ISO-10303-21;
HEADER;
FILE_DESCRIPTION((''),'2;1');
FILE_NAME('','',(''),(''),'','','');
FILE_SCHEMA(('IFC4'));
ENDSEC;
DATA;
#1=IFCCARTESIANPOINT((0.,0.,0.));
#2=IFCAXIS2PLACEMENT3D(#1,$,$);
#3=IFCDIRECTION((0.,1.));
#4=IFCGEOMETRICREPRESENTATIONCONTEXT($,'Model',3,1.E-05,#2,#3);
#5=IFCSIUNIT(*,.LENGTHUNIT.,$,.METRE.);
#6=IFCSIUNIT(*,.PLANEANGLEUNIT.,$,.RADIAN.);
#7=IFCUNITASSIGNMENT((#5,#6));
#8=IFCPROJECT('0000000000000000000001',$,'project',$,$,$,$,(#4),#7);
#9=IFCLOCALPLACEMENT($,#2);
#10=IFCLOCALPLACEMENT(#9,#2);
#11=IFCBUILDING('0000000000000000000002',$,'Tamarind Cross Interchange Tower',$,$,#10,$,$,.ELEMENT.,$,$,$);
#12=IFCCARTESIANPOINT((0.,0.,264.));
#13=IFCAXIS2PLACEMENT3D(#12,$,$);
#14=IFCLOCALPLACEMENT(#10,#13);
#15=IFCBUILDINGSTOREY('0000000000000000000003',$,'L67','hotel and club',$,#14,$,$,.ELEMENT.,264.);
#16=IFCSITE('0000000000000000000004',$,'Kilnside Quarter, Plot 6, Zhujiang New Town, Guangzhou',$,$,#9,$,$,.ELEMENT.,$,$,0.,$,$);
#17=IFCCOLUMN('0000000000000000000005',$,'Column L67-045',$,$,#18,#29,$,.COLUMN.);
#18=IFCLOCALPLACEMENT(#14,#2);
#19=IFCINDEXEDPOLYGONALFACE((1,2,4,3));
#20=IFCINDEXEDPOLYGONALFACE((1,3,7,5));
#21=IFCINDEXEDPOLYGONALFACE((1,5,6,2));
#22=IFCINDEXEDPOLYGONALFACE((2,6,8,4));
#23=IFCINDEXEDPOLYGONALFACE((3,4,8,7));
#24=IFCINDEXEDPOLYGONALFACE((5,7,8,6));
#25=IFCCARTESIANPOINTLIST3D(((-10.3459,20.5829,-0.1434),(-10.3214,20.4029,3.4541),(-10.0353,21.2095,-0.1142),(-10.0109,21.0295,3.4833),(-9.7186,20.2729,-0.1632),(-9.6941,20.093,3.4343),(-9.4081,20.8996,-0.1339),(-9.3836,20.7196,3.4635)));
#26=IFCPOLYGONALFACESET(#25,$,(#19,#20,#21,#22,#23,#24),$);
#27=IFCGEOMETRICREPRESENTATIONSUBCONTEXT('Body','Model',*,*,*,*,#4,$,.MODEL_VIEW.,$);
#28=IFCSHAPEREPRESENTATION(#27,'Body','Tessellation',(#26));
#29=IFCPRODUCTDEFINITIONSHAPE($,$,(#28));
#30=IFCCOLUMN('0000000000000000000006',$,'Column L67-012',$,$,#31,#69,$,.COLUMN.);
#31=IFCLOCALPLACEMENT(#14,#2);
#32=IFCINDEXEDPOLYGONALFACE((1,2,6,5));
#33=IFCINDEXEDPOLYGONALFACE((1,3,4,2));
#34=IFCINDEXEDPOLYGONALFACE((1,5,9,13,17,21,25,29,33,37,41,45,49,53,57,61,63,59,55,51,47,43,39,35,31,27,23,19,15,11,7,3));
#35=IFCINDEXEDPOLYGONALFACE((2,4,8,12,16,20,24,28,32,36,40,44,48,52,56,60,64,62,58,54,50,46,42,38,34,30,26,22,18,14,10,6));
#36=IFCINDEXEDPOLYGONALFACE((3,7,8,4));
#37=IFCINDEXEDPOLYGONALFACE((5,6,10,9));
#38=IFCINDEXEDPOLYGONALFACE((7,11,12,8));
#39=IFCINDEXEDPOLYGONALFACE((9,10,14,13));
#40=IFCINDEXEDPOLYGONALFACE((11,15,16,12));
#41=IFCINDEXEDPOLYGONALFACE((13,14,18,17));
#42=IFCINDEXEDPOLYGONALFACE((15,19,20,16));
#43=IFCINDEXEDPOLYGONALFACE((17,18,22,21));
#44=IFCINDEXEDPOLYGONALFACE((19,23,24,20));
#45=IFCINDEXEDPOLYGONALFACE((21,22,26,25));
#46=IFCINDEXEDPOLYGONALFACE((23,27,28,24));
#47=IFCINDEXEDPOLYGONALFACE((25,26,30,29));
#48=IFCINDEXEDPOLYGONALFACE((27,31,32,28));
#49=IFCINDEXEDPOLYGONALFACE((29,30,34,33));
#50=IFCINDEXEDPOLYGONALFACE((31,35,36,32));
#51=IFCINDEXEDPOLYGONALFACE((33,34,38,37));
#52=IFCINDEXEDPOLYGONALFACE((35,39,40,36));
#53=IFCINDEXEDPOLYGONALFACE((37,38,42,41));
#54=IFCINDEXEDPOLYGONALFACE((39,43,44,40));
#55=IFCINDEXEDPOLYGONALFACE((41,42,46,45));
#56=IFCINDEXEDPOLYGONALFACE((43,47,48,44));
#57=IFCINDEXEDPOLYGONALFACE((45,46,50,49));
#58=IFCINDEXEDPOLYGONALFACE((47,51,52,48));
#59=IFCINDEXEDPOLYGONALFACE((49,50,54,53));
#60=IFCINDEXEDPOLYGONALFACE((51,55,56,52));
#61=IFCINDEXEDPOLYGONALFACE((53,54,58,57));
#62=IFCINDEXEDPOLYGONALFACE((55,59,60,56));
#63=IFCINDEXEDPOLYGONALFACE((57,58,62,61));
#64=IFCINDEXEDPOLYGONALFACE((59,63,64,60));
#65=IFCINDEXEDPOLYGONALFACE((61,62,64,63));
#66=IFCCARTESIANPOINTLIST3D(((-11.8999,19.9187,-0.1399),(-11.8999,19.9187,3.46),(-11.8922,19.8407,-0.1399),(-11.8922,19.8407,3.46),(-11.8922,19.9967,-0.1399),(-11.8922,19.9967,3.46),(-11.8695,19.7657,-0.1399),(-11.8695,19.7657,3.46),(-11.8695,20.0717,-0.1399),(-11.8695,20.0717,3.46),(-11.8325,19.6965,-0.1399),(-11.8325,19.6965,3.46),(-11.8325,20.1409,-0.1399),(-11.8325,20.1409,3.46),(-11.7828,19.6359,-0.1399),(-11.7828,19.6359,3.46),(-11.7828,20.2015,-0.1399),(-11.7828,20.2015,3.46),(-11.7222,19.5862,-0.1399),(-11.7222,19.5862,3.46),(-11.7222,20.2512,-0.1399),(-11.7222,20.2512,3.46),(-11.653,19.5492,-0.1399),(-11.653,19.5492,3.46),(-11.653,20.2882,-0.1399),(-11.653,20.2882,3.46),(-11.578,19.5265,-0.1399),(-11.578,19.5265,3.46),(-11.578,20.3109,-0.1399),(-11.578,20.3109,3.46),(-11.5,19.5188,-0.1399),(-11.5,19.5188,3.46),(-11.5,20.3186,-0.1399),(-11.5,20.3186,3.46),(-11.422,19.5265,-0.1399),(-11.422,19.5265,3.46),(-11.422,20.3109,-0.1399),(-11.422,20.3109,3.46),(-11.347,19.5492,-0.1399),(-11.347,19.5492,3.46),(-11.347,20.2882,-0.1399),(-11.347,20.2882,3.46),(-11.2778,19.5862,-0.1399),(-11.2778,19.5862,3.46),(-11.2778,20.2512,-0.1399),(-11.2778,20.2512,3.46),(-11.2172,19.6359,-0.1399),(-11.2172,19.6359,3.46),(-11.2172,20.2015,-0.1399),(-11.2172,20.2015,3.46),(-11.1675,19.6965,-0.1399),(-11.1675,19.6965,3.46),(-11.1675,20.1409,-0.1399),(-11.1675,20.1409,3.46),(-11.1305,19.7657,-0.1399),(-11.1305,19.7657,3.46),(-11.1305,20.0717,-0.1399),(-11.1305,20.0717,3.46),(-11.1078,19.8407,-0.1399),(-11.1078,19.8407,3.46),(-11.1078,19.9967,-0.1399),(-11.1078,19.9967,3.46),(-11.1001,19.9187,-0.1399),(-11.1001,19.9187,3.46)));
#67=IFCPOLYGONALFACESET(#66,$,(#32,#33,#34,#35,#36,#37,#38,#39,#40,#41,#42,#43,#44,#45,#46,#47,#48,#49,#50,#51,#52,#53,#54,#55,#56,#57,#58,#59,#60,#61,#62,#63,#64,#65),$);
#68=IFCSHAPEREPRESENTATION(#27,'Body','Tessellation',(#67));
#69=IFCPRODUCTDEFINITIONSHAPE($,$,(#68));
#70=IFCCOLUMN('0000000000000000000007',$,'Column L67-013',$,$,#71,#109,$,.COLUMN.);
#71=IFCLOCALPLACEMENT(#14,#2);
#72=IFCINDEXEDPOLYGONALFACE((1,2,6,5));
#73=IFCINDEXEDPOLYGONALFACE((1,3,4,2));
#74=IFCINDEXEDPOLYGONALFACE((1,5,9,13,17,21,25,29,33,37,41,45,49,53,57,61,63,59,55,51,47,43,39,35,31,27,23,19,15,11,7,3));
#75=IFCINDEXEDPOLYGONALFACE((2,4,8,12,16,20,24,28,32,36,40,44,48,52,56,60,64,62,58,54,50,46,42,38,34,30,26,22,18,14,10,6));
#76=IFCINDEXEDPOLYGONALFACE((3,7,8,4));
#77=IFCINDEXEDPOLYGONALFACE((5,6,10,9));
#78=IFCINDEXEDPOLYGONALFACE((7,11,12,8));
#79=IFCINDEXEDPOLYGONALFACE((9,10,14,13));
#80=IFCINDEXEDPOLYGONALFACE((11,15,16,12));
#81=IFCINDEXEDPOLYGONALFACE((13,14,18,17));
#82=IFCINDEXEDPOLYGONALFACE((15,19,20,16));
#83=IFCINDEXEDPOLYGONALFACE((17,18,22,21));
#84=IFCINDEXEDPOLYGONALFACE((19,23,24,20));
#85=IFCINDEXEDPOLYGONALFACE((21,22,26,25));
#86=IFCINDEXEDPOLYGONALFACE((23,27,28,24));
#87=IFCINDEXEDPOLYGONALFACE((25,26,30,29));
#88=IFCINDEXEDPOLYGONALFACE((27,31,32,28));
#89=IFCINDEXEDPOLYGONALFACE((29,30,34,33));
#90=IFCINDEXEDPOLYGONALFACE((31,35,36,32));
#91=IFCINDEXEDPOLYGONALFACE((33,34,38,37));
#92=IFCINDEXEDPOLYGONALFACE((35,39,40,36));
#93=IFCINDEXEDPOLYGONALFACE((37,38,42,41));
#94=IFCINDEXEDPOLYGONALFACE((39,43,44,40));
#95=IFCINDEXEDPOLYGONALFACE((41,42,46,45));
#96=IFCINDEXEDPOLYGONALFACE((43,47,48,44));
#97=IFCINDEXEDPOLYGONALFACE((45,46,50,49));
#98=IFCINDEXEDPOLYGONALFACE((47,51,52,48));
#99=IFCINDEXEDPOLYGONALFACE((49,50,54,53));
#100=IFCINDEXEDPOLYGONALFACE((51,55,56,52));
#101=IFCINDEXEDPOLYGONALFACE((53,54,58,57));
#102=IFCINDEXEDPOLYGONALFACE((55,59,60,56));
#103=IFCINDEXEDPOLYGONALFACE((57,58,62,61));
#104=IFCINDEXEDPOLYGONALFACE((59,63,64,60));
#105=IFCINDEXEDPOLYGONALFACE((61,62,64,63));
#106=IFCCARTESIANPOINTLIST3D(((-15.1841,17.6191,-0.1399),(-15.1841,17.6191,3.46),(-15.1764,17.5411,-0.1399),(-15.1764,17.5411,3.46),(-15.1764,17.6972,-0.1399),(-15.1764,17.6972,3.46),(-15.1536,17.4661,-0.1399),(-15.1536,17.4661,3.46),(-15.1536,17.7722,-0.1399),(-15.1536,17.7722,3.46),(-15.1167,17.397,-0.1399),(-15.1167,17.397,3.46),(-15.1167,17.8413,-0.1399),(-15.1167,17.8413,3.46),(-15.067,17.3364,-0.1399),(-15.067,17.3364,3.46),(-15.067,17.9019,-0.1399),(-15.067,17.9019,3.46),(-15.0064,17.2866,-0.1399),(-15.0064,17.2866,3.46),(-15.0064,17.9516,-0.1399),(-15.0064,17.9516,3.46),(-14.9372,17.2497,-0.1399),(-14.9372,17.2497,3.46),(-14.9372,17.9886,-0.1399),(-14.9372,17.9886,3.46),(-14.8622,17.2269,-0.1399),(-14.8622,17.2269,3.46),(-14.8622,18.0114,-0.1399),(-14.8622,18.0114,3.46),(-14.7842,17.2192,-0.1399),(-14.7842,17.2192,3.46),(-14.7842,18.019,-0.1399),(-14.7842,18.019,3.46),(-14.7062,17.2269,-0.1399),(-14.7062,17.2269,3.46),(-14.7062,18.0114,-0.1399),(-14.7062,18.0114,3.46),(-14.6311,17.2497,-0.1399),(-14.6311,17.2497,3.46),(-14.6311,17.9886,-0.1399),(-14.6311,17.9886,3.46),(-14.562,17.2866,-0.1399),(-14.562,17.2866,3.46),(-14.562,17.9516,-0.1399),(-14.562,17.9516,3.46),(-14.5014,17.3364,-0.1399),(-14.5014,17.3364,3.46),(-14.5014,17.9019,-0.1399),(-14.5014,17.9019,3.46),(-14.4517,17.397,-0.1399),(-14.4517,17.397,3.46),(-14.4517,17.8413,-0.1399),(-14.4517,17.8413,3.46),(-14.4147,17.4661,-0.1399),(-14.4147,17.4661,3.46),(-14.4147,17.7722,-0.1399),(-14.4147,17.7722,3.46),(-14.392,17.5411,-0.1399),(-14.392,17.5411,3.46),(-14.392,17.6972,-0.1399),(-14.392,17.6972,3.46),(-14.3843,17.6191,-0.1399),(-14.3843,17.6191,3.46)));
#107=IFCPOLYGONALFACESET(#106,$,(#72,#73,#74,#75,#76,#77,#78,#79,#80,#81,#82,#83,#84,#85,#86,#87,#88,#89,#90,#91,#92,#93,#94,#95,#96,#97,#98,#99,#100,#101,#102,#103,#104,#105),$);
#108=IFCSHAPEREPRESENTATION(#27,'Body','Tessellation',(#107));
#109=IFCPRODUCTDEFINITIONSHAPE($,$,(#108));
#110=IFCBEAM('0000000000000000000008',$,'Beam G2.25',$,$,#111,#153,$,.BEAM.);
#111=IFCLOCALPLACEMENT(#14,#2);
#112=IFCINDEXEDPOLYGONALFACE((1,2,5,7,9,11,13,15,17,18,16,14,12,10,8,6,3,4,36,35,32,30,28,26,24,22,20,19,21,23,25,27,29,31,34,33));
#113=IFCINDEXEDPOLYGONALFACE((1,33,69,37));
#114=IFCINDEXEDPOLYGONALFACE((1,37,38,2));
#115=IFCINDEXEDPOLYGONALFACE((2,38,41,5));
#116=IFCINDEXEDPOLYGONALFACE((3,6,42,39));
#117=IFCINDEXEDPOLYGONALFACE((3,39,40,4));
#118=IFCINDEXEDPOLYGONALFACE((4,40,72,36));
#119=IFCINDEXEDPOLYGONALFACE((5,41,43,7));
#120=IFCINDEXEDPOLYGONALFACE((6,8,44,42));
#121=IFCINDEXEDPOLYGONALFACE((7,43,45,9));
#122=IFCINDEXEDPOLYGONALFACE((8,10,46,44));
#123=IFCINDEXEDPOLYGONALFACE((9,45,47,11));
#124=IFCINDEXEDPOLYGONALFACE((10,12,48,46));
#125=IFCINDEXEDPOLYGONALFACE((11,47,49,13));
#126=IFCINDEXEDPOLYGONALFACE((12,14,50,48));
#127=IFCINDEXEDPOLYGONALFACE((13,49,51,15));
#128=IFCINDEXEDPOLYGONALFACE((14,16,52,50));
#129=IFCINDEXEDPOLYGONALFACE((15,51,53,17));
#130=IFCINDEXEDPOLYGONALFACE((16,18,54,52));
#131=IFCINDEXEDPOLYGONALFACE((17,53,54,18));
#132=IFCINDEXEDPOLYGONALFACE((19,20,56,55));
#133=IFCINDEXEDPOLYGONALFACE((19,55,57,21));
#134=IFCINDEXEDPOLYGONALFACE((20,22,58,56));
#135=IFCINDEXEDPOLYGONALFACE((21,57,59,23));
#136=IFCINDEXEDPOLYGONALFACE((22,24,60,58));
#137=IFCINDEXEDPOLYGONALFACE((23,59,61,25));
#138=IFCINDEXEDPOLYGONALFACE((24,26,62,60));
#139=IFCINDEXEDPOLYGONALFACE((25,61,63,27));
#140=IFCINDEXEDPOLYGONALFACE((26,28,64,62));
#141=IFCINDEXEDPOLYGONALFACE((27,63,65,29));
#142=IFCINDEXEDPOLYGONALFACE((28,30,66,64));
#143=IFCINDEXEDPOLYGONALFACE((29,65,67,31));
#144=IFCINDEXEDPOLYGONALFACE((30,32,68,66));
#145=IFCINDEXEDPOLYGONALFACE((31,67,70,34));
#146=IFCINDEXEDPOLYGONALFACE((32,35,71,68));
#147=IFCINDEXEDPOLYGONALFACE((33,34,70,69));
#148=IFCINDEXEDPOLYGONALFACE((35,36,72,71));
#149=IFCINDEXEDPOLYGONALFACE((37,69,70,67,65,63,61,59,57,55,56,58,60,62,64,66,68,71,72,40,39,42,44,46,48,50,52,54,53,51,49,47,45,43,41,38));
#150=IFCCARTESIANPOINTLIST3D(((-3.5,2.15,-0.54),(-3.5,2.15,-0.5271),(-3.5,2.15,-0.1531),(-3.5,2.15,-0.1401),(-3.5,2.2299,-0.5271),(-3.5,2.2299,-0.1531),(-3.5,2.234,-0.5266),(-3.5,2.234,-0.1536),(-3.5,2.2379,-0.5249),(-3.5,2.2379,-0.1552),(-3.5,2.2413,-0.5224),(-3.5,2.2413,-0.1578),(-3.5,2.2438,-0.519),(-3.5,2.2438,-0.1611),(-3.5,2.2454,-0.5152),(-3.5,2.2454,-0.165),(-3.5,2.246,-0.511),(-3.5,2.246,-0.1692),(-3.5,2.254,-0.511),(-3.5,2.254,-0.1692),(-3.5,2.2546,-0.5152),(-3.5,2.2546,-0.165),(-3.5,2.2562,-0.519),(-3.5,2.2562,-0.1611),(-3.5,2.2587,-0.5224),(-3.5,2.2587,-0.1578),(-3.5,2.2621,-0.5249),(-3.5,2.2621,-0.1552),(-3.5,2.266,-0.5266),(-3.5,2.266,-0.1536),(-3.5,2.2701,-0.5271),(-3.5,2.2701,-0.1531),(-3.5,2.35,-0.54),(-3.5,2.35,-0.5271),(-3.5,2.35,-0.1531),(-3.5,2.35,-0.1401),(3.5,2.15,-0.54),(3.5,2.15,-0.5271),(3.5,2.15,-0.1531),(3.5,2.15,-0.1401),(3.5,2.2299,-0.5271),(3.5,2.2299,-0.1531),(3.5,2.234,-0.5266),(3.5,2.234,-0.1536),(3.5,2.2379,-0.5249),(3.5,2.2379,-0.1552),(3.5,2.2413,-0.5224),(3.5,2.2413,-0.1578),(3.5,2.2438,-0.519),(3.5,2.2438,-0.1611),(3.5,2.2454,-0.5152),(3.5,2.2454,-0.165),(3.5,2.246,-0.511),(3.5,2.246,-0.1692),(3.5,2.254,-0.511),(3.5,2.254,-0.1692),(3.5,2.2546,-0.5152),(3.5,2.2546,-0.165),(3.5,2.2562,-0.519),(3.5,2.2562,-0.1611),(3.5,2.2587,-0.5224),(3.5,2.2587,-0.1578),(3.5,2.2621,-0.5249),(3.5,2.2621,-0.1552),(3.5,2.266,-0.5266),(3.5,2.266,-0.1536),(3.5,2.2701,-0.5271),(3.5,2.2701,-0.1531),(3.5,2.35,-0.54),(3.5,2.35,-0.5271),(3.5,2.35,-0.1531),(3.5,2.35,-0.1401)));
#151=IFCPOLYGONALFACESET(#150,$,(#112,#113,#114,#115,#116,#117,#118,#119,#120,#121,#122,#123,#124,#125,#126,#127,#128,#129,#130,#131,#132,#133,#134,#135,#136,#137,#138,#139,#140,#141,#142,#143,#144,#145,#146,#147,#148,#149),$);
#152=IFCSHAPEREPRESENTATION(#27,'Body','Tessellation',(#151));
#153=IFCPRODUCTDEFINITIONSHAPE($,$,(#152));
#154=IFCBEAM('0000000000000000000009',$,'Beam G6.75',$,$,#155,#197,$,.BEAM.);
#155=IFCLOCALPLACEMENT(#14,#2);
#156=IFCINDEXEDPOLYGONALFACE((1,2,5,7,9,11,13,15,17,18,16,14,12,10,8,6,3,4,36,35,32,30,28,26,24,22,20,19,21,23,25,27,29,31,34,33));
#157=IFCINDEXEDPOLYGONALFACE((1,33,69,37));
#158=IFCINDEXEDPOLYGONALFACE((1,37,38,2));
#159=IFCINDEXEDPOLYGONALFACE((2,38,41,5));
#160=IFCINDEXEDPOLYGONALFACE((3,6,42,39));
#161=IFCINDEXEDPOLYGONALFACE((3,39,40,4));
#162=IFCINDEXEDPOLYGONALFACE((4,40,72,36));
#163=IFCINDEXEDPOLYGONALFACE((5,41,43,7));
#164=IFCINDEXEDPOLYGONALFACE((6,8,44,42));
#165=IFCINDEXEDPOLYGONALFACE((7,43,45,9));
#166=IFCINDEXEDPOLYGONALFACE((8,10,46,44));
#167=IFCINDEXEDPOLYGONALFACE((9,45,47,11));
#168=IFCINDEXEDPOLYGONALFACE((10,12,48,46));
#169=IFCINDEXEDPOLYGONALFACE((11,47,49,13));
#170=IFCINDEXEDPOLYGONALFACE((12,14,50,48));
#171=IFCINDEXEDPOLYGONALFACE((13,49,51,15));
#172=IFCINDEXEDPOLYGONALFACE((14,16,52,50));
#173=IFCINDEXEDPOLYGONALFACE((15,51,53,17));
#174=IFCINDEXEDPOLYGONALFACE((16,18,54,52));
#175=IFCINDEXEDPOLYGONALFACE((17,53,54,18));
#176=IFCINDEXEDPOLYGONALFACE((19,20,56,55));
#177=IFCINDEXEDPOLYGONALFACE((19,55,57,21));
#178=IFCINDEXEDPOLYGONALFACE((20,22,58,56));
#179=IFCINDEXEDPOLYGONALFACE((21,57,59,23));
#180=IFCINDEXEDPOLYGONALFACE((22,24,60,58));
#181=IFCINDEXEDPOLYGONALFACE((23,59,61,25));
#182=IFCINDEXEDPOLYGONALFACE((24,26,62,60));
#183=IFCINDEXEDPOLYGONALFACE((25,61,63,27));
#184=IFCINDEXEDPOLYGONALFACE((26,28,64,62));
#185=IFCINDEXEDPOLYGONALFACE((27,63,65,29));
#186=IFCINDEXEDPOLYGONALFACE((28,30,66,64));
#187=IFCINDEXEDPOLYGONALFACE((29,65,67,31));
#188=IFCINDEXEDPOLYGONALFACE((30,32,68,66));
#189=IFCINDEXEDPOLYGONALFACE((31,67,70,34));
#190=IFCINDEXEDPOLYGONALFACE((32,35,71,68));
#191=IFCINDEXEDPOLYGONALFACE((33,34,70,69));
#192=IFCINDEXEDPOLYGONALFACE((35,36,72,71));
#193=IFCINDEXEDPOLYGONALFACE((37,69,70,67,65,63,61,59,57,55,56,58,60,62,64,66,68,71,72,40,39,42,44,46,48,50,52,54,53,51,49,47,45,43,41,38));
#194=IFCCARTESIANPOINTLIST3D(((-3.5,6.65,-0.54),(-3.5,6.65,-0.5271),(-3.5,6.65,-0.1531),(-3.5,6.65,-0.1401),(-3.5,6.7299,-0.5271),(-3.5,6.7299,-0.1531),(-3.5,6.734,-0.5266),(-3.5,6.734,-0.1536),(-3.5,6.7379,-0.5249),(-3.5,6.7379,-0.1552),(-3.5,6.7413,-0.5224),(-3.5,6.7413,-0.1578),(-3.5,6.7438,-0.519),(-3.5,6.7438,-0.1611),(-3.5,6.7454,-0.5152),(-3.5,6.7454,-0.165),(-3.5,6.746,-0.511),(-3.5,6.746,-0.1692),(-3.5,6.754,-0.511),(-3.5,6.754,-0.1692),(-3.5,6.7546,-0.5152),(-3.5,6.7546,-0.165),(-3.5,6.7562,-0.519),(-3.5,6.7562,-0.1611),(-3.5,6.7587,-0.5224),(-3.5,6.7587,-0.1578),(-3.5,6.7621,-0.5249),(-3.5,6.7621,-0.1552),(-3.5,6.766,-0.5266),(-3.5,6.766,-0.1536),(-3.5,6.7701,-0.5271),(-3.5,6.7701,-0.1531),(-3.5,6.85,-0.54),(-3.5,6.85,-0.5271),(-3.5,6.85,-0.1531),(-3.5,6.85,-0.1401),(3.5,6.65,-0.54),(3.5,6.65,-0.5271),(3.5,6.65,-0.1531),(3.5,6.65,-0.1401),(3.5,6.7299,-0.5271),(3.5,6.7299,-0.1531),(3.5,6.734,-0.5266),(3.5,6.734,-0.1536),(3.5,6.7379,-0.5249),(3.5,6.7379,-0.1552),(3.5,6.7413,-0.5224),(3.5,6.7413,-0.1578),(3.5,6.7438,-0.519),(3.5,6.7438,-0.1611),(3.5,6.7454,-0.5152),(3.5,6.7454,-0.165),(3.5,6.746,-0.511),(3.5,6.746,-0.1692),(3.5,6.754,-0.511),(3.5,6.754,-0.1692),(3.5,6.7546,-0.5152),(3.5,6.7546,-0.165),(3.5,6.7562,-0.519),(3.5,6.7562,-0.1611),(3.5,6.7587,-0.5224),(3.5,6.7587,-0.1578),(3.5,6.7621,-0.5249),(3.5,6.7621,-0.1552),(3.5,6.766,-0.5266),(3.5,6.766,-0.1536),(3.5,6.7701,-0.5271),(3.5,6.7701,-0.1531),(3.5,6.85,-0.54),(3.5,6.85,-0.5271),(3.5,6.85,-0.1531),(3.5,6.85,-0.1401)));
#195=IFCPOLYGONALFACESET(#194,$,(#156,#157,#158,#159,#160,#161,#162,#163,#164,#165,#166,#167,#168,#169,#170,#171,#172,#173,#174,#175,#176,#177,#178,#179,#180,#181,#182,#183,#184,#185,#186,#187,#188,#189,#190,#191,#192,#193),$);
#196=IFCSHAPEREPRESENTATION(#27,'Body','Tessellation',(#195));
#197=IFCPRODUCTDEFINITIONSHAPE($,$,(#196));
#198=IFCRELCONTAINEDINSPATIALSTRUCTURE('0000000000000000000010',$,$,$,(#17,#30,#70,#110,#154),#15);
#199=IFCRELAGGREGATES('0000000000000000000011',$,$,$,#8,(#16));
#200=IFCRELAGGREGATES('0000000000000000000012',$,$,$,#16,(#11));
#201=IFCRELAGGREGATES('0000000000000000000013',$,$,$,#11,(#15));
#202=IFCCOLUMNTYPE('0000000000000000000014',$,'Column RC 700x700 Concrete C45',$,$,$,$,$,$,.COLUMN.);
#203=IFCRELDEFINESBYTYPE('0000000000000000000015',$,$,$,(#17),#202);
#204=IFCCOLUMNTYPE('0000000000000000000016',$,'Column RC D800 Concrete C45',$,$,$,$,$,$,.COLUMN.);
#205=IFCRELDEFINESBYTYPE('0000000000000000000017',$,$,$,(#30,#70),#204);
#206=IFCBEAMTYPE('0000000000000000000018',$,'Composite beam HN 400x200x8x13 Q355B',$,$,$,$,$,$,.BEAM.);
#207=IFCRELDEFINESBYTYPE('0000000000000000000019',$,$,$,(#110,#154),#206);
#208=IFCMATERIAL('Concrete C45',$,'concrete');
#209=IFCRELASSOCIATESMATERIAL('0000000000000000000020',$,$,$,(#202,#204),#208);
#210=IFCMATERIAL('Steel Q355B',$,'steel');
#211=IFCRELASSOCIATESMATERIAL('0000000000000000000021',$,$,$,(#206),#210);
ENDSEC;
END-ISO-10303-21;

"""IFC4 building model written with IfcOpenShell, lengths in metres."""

from ifc_helpers import new_model, si_unit, direction, frame, origin, origin_2d, place, context, subcontext, project, spatial, rectangle, circle, i_section, extrude, material, material_profile, profile_set, type_object, element, save


model = new_model("IFC4")

# Units and contexts
model_context = context("Model", 3, precision=1e-05, world=origin(), true_north=direction((0.0, 1.0)))
body_context = subcontext(model_context, "Body", "Model", "MODEL_VIEW")
ifc_project = project(units=[si_unit("LENGTHUNIT", "METRE"), si_unit("PLANEANGLEUNIT", "RADIAN")], contexts=[model_context])

# Site, building, storey
site_placement = place(None, origin())
site = spatial("IfcSite", under=ifc_project, at=site_placement, Name="Kilnside Quarter, Plot 6, Zhujiang New Town, Guangzhou", CompositionType="ELEMENT", RefElevation=0.0)
building_placement = place(site_placement, origin())
building = spatial("IfcBuilding", under=site, at=building_placement, Name="Tamarind Cross Interchange Tower", CompositionType="ELEMENT")
storey_placement = place(building_placement, frame((0.0, 0.0, 264.0)))
storey = spatial("IfcBuildingStorey", under=building, at=storey_placement, Name="L67", Description="hotel and club", CompositionType="ELEMENT", Elevation=264.0)

# Columns
ifc_material_1 = material(Name="Concrete C45", Category="concrete")
ifc_material_profile_1 = material_profile(ifc_material_1, rectangle(XDim=0.7, YDim=0.7, at=origin_2d()), Name="RC 700x700")
ifc_profile_set_1 = profile_set([ifc_material_profile_1], Name="Concrete C45")
column_type_1 = type_object("IfcColumnType", Name="Column RC 700x700 Concrete C45", PredefinedType="COLUMN", material=ifc_profile_set_1)
column_placement = place(storey_placement, frame((-9.877, 20.7412, -0.1387), z_axis=(0.006778, -0.049953, 0.998729), x_axis=(0.443618, 0.895242, 0.041767)))
element("IfcColumn", 1, at=column_placement, inside=storey, type_object=column_type_1, Name="Column L67-045", PredefinedType="COLUMN", context=body_context, shape_type="SweptSolid", body=[
    extrude(rectangle(XDim=0.7, YDim=0.7, at=origin_2d()), origin(), (0.0, 0.0, 1.0), 3.6021),
])
ifc_material_profile_2 = material_profile(ifc_material_1, circle(Radius=0.3999, at=origin_2d()), Name="RC D800")
ifc_profile_set_2 = profile_set([ifc_material_profile_2], Name="Concrete C45")
column_type_2 = type_object("IfcColumnType", Name="Column RC D800 Concrete C45", PredefinedType="COLUMN", material=ifc_profile_set_2)
for number, where, z_axis, x_axis, name in (
    (2, (-11.5, 19.9187, -0.1399), (0.0, 0.0, 1.0), (1.0, 0.0, 0.0), "Column L67-012"),
    (3, (-14.7842, 17.6191, -0.1399), (0.0, 0.0, 1.0), (1.0, 0.0, 0.0), "Column L67-013"),
):
    element("IfcColumn", number, at=place(storey_placement, frame(where, z_axis=z_axis, x_axis=x_axis)), inside=storey, type_object=column_type_2, Name=name, PredefinedType="COLUMN", context=body_context, shape_type="SweptSolid", body=[
        extrude(circle(Radius=0.3999, at=origin_2d()), origin(), (0.0, 0.0, 1.0), 3.5999),
    ])

# Beams
ifc_material_2 = material(Name="Steel Q355B", Category="steel")
ifc_material_profile_3 = material_profile(ifc_material_2, i_section(OverallWidth=0.2, OverallDepth=0.3999, WebThickness=0.0081, FlangeThickness=0.0129, FilletRadius=0.0161, at=origin_2d()), Name="HN 400x200x8x13")
ifc_profile_set_3 = profile_set([ifc_material_profile_3], Name="Steel Q355B")
beam_type_1 = type_object("IfcBeamType", Name="Composite beam HN 400x200x8x13 Q355B", PredefinedType="BEAM", material=ifc_profile_set_3)
for number, where, z_axis, x_axis, name in (
    (4, (-3.5, 2.25, -0.3401), (1.0, 0.0, 0.0), (0.0, 1.0, 0.0), "Beam G2.25"),
    (5, (-3.5, 6.75, -0.3401), (1.0, 0.0, 0.0), (0.0, 1.0, 0.0), "Beam G6.75"),
):
    element("IfcBeam", number, at=place(storey_placement, frame(where, z_axis=z_axis, x_axis=x_axis)), inside=storey, type_object=beam_type_1, Name=name, PredefinedType="BEAM", context=body_context, shape_type="SweptSolid", body=[
        extrude(i_section(OverallWidth=0.2, OverallDepth=0.3999, WebThickness=0.0081, FlangeThickness=0.0129, FilletRadius=0.0161, at=origin_2d()), origin(), (0.0, 0.0, 1.0), 7.0),
    ])

save(model, "model.ifc")
